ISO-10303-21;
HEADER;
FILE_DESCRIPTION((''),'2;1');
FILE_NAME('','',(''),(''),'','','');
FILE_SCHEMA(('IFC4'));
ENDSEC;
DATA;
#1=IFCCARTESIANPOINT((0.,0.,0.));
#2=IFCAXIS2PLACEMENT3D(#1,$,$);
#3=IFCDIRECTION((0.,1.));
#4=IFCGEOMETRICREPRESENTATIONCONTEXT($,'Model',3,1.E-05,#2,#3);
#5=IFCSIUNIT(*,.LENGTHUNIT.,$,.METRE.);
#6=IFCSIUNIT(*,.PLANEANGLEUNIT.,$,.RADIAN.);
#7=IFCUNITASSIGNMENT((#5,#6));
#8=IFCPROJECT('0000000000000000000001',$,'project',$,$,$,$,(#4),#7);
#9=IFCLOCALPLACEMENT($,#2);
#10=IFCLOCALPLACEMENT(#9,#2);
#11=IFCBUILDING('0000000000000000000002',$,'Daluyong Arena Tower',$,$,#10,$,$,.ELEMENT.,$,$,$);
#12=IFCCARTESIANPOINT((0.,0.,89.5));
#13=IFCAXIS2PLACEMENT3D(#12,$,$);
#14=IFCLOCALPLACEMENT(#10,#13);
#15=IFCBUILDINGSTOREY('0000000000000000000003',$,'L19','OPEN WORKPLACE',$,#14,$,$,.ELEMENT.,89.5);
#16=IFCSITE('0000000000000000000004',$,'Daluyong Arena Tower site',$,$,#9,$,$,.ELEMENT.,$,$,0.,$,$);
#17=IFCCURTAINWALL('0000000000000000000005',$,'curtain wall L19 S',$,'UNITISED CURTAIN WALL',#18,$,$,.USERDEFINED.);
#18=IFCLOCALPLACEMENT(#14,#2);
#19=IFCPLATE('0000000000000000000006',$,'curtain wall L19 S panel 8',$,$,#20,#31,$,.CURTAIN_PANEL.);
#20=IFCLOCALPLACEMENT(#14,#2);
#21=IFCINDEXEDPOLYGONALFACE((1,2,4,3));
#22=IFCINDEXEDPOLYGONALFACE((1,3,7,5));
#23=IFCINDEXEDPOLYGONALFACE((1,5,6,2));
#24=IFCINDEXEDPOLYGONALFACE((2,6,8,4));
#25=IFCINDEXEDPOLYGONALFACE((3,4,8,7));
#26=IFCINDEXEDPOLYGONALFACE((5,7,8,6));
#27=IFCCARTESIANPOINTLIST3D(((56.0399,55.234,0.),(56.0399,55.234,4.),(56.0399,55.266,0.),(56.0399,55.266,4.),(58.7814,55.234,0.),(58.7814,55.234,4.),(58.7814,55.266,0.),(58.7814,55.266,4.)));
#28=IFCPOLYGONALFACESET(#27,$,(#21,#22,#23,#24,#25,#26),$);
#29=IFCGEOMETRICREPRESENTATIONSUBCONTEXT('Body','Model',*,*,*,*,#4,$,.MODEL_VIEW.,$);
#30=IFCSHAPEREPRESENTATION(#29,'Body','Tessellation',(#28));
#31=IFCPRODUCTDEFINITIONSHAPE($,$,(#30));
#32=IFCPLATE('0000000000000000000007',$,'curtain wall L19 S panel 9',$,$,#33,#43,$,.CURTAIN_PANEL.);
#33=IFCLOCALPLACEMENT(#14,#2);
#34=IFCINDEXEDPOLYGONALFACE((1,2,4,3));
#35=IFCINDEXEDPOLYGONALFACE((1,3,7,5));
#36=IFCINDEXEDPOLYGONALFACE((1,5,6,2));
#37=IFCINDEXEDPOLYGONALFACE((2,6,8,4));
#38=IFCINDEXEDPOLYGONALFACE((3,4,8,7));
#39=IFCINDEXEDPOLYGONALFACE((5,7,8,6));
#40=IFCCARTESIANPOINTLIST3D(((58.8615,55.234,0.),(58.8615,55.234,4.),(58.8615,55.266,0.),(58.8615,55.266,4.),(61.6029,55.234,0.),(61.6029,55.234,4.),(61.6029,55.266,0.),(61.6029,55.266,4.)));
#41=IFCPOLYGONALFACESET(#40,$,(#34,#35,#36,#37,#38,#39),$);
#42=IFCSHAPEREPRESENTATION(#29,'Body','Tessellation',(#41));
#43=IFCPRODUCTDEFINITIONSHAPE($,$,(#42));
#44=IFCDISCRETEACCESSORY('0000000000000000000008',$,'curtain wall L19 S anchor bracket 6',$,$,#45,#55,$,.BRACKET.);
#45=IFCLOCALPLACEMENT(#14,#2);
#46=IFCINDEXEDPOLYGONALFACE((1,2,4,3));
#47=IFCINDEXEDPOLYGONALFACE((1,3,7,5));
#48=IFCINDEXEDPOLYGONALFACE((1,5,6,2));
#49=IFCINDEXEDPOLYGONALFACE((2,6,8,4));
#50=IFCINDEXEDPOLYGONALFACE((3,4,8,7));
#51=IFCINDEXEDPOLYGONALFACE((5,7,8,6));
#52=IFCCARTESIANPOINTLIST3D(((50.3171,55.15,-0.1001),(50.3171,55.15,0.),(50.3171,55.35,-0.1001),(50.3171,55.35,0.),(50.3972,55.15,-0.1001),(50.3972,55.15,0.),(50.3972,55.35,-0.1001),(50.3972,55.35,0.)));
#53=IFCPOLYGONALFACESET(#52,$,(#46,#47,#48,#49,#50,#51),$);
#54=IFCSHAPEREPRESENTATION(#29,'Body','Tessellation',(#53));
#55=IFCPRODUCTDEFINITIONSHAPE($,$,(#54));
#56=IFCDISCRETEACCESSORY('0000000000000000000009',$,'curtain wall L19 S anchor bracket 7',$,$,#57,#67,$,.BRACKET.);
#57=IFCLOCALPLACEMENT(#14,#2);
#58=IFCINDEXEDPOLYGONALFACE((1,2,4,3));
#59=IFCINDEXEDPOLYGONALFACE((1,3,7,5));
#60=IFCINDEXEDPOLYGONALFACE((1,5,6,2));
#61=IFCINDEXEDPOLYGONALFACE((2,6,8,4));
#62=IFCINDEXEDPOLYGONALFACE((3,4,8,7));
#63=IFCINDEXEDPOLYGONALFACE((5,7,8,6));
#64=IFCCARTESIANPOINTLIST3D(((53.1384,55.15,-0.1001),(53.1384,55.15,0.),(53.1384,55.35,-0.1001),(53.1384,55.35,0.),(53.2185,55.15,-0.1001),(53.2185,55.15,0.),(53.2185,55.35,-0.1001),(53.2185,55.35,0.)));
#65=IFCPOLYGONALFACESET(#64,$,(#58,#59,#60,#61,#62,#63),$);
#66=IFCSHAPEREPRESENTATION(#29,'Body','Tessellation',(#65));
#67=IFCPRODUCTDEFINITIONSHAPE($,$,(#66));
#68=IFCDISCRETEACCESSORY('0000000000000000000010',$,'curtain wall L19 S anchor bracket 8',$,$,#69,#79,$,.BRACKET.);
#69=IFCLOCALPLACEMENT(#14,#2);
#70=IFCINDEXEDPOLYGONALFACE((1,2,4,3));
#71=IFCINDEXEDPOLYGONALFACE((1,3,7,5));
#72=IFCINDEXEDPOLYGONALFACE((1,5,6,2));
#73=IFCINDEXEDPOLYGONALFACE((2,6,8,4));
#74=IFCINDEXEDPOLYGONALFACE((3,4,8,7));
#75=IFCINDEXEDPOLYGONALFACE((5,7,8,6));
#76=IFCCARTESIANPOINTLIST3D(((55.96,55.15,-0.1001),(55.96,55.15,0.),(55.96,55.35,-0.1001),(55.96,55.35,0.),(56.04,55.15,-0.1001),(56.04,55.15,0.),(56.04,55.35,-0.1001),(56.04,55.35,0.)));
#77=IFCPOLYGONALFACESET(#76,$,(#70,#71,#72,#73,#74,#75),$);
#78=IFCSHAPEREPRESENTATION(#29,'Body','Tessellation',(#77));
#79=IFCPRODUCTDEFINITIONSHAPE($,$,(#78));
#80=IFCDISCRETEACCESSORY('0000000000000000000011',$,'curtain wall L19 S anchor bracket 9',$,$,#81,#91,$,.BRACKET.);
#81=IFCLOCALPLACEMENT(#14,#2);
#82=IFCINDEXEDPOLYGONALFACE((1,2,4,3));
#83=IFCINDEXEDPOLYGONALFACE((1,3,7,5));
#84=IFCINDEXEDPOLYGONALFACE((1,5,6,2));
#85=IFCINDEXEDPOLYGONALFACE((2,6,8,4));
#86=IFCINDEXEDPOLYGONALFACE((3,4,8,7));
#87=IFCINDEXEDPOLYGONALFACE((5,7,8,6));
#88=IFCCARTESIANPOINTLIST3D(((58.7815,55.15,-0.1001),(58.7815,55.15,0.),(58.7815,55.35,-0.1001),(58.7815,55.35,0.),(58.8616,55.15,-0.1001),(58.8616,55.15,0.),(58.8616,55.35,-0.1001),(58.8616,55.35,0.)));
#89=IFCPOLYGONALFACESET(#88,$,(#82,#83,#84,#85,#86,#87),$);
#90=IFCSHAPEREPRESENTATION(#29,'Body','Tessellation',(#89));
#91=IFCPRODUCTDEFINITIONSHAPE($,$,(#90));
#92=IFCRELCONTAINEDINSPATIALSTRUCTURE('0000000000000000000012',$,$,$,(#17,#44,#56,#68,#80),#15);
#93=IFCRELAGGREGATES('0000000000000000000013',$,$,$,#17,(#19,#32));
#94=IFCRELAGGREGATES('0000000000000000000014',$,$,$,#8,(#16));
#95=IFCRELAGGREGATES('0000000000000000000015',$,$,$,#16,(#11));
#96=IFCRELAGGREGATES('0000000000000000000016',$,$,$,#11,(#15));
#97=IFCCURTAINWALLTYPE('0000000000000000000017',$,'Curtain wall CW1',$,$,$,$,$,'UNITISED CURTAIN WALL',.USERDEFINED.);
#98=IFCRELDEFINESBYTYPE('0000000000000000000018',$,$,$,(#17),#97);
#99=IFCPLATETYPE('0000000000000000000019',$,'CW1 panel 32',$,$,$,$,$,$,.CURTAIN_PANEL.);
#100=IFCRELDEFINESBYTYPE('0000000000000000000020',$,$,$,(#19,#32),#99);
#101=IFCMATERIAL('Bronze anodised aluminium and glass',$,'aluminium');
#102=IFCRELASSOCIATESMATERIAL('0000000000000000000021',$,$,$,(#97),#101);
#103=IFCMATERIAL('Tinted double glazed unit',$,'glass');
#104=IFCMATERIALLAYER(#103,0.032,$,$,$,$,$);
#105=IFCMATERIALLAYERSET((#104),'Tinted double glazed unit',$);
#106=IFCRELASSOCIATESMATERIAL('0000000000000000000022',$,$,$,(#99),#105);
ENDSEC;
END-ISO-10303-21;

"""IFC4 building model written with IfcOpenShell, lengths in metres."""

from ifc_helpers import new_model, si_unit, direction, frame, origin, origin_2d, place, context, subcontext, project, spatial, rectangle, extrude, material, layer, layer_set, type_object, element, aggregate, save


model = new_model("IFC4")

# Units and contexts
model_context = context("Model", 3, precision=1e-05, world=origin(), true_north=direction((0.0, 1.0)))
body_context = subcontext(model_context, "Body", "Model", "MODEL_VIEW")
ifc_project = project(units=[si_unit("LENGTHUNIT", "METRE"), si_unit("PLANEANGLEUNIT", "RADIAN")], contexts=[model_context])

# Site, building, storey
site_placement = place(None, origin())
site = spatial("IfcSite", under=ifc_project, at=site_placement, Name="Daluyong Arena Tower site", CompositionType="ELEMENT", RefElevation=0.0)
building_placement = place(site_placement, origin())
building = spatial("IfcBuilding", under=site, at=building_placement, Name="Daluyong Arena Tower", CompositionType="ELEMENT")
storey_placement = place(building_placement, frame((0.0, 0.0, 89.5)))
storey = spatial("IfcBuildingStorey", under=building, at=storey_placement, Name="L19", Description="OPEN WORKPLACE", CompositionType="ELEMENT", Elevation=89.5)

# Curtain wall
ifc_material_1 = material(Name="Bronze anodised aluminium and glass", Category="aluminium")
curtain_wall_type = type_object("IfcCurtainWallType", Name="Curtain wall CW1", ElementType="UNITISED CURTAIN WALL", PredefinedType="USERDEFINED", material=ifc_material_1)
curtain_wall_placement = place(storey_placement, origin())
curtain_wall = element("IfcCurtainWall", 1, at=curtain_wall_placement, inside=storey, type_object=curtain_wall_type, Name="curtain wall L19 S", ObjectType="UNITISED CURTAIN WALL", PredefinedType="USERDEFINED")

# Plates
ifc_material_2 = material(Name="Tinted double glazed unit", Category="glass")
ifc_layer = layer(ifc_material_2, 0.032)
ifc_layer_set = layer_set([ifc_layer], Name="Tinted double glazed unit")
plate_type = type_object("IfcPlateType", Name="CW1 panel 32", PredefinedType="CURTAIN_PANEL", material=ifc_layer_set)
plate_1_placement = place(storey_placement, frame((57.4106, 55.25, 0.0), z_axis=(0.0, 0.0, 1.0), x_axis=(1.0, 0.0, 0.0)))
plate_1 = element("IfcPlate", 2, at=plate_1_placement, type_object=plate_type, Name="curtain wall L19 S panel 8", PredefinedType="CURTAIN_PANEL", context=body_context, shape_type="SweptSolid", body=[
    extrude(rectangle(XDim=2.7415, YDim=0.032, at=origin_2d()), origin(), (0.0, 0.0, 1.0), 4.0),
])
plate_2_placement = place(storey_placement, frame((60.2322, 55.25, 0.0), z_axis=(0.0, 0.0, 1.0), x_axis=(1.0, 0.0, 0.0)))
plate_2 = element("IfcPlate", 3, at=plate_2_placement, type_object=plate_type, Name="curtain wall L19 S panel 9", PredefinedType="CURTAIN_PANEL", context=body_context, shape_type="SweptSolid", body=[
    extrude(rectangle(XDim=2.7415, YDim=0.032, at=origin_2d()), origin(), (0.0, 0.0, 1.0), 4.0),
])
aggregate(curtain_wall, [plate_1, plate_2])

# Discrete accessories
for number, where, z_axis, x_axis, name in (
    (4, (50.3572, 55.25, -0.1001), (0.0, 0.0, 1.0), (1.0, 0.0, 0.0), "curtain wall L19 S anchor bracket 6"),
    (5, (53.1785, 55.25, -0.1001), (0.0, 0.0, 1.0), (1.0, 0.0, 0.0), "curtain wall L19 S anchor bracket 7"),
    (6, (56.0, 55.25, -0.1001), (0.0, 0.0, 1.0), (1.0, 0.0, 0.0), "curtain wall L19 S anchor bracket 8"),
    (7, (58.8215, 55.25, -0.1001), (0.0, 0.0, 1.0), (1.0, 0.0, 0.0), "curtain wall L19 S anchor bracket 9"),
):
    element("IfcDiscreteAccessory", number, at=place(storey_placement, frame(where, z_axis=z_axis, x_axis=x_axis)), inside=storey, Name=name, PredefinedType="BRACKET", context=body_context, shape_type="SweptSolid", body=[
        extrude(rectangle(XDim=0.0801, YDim=0.2, at=origin_2d()), origin(), (0.0, 0.0, 1.0), 0.1001),
    ])

save(model, "model.ifc")
